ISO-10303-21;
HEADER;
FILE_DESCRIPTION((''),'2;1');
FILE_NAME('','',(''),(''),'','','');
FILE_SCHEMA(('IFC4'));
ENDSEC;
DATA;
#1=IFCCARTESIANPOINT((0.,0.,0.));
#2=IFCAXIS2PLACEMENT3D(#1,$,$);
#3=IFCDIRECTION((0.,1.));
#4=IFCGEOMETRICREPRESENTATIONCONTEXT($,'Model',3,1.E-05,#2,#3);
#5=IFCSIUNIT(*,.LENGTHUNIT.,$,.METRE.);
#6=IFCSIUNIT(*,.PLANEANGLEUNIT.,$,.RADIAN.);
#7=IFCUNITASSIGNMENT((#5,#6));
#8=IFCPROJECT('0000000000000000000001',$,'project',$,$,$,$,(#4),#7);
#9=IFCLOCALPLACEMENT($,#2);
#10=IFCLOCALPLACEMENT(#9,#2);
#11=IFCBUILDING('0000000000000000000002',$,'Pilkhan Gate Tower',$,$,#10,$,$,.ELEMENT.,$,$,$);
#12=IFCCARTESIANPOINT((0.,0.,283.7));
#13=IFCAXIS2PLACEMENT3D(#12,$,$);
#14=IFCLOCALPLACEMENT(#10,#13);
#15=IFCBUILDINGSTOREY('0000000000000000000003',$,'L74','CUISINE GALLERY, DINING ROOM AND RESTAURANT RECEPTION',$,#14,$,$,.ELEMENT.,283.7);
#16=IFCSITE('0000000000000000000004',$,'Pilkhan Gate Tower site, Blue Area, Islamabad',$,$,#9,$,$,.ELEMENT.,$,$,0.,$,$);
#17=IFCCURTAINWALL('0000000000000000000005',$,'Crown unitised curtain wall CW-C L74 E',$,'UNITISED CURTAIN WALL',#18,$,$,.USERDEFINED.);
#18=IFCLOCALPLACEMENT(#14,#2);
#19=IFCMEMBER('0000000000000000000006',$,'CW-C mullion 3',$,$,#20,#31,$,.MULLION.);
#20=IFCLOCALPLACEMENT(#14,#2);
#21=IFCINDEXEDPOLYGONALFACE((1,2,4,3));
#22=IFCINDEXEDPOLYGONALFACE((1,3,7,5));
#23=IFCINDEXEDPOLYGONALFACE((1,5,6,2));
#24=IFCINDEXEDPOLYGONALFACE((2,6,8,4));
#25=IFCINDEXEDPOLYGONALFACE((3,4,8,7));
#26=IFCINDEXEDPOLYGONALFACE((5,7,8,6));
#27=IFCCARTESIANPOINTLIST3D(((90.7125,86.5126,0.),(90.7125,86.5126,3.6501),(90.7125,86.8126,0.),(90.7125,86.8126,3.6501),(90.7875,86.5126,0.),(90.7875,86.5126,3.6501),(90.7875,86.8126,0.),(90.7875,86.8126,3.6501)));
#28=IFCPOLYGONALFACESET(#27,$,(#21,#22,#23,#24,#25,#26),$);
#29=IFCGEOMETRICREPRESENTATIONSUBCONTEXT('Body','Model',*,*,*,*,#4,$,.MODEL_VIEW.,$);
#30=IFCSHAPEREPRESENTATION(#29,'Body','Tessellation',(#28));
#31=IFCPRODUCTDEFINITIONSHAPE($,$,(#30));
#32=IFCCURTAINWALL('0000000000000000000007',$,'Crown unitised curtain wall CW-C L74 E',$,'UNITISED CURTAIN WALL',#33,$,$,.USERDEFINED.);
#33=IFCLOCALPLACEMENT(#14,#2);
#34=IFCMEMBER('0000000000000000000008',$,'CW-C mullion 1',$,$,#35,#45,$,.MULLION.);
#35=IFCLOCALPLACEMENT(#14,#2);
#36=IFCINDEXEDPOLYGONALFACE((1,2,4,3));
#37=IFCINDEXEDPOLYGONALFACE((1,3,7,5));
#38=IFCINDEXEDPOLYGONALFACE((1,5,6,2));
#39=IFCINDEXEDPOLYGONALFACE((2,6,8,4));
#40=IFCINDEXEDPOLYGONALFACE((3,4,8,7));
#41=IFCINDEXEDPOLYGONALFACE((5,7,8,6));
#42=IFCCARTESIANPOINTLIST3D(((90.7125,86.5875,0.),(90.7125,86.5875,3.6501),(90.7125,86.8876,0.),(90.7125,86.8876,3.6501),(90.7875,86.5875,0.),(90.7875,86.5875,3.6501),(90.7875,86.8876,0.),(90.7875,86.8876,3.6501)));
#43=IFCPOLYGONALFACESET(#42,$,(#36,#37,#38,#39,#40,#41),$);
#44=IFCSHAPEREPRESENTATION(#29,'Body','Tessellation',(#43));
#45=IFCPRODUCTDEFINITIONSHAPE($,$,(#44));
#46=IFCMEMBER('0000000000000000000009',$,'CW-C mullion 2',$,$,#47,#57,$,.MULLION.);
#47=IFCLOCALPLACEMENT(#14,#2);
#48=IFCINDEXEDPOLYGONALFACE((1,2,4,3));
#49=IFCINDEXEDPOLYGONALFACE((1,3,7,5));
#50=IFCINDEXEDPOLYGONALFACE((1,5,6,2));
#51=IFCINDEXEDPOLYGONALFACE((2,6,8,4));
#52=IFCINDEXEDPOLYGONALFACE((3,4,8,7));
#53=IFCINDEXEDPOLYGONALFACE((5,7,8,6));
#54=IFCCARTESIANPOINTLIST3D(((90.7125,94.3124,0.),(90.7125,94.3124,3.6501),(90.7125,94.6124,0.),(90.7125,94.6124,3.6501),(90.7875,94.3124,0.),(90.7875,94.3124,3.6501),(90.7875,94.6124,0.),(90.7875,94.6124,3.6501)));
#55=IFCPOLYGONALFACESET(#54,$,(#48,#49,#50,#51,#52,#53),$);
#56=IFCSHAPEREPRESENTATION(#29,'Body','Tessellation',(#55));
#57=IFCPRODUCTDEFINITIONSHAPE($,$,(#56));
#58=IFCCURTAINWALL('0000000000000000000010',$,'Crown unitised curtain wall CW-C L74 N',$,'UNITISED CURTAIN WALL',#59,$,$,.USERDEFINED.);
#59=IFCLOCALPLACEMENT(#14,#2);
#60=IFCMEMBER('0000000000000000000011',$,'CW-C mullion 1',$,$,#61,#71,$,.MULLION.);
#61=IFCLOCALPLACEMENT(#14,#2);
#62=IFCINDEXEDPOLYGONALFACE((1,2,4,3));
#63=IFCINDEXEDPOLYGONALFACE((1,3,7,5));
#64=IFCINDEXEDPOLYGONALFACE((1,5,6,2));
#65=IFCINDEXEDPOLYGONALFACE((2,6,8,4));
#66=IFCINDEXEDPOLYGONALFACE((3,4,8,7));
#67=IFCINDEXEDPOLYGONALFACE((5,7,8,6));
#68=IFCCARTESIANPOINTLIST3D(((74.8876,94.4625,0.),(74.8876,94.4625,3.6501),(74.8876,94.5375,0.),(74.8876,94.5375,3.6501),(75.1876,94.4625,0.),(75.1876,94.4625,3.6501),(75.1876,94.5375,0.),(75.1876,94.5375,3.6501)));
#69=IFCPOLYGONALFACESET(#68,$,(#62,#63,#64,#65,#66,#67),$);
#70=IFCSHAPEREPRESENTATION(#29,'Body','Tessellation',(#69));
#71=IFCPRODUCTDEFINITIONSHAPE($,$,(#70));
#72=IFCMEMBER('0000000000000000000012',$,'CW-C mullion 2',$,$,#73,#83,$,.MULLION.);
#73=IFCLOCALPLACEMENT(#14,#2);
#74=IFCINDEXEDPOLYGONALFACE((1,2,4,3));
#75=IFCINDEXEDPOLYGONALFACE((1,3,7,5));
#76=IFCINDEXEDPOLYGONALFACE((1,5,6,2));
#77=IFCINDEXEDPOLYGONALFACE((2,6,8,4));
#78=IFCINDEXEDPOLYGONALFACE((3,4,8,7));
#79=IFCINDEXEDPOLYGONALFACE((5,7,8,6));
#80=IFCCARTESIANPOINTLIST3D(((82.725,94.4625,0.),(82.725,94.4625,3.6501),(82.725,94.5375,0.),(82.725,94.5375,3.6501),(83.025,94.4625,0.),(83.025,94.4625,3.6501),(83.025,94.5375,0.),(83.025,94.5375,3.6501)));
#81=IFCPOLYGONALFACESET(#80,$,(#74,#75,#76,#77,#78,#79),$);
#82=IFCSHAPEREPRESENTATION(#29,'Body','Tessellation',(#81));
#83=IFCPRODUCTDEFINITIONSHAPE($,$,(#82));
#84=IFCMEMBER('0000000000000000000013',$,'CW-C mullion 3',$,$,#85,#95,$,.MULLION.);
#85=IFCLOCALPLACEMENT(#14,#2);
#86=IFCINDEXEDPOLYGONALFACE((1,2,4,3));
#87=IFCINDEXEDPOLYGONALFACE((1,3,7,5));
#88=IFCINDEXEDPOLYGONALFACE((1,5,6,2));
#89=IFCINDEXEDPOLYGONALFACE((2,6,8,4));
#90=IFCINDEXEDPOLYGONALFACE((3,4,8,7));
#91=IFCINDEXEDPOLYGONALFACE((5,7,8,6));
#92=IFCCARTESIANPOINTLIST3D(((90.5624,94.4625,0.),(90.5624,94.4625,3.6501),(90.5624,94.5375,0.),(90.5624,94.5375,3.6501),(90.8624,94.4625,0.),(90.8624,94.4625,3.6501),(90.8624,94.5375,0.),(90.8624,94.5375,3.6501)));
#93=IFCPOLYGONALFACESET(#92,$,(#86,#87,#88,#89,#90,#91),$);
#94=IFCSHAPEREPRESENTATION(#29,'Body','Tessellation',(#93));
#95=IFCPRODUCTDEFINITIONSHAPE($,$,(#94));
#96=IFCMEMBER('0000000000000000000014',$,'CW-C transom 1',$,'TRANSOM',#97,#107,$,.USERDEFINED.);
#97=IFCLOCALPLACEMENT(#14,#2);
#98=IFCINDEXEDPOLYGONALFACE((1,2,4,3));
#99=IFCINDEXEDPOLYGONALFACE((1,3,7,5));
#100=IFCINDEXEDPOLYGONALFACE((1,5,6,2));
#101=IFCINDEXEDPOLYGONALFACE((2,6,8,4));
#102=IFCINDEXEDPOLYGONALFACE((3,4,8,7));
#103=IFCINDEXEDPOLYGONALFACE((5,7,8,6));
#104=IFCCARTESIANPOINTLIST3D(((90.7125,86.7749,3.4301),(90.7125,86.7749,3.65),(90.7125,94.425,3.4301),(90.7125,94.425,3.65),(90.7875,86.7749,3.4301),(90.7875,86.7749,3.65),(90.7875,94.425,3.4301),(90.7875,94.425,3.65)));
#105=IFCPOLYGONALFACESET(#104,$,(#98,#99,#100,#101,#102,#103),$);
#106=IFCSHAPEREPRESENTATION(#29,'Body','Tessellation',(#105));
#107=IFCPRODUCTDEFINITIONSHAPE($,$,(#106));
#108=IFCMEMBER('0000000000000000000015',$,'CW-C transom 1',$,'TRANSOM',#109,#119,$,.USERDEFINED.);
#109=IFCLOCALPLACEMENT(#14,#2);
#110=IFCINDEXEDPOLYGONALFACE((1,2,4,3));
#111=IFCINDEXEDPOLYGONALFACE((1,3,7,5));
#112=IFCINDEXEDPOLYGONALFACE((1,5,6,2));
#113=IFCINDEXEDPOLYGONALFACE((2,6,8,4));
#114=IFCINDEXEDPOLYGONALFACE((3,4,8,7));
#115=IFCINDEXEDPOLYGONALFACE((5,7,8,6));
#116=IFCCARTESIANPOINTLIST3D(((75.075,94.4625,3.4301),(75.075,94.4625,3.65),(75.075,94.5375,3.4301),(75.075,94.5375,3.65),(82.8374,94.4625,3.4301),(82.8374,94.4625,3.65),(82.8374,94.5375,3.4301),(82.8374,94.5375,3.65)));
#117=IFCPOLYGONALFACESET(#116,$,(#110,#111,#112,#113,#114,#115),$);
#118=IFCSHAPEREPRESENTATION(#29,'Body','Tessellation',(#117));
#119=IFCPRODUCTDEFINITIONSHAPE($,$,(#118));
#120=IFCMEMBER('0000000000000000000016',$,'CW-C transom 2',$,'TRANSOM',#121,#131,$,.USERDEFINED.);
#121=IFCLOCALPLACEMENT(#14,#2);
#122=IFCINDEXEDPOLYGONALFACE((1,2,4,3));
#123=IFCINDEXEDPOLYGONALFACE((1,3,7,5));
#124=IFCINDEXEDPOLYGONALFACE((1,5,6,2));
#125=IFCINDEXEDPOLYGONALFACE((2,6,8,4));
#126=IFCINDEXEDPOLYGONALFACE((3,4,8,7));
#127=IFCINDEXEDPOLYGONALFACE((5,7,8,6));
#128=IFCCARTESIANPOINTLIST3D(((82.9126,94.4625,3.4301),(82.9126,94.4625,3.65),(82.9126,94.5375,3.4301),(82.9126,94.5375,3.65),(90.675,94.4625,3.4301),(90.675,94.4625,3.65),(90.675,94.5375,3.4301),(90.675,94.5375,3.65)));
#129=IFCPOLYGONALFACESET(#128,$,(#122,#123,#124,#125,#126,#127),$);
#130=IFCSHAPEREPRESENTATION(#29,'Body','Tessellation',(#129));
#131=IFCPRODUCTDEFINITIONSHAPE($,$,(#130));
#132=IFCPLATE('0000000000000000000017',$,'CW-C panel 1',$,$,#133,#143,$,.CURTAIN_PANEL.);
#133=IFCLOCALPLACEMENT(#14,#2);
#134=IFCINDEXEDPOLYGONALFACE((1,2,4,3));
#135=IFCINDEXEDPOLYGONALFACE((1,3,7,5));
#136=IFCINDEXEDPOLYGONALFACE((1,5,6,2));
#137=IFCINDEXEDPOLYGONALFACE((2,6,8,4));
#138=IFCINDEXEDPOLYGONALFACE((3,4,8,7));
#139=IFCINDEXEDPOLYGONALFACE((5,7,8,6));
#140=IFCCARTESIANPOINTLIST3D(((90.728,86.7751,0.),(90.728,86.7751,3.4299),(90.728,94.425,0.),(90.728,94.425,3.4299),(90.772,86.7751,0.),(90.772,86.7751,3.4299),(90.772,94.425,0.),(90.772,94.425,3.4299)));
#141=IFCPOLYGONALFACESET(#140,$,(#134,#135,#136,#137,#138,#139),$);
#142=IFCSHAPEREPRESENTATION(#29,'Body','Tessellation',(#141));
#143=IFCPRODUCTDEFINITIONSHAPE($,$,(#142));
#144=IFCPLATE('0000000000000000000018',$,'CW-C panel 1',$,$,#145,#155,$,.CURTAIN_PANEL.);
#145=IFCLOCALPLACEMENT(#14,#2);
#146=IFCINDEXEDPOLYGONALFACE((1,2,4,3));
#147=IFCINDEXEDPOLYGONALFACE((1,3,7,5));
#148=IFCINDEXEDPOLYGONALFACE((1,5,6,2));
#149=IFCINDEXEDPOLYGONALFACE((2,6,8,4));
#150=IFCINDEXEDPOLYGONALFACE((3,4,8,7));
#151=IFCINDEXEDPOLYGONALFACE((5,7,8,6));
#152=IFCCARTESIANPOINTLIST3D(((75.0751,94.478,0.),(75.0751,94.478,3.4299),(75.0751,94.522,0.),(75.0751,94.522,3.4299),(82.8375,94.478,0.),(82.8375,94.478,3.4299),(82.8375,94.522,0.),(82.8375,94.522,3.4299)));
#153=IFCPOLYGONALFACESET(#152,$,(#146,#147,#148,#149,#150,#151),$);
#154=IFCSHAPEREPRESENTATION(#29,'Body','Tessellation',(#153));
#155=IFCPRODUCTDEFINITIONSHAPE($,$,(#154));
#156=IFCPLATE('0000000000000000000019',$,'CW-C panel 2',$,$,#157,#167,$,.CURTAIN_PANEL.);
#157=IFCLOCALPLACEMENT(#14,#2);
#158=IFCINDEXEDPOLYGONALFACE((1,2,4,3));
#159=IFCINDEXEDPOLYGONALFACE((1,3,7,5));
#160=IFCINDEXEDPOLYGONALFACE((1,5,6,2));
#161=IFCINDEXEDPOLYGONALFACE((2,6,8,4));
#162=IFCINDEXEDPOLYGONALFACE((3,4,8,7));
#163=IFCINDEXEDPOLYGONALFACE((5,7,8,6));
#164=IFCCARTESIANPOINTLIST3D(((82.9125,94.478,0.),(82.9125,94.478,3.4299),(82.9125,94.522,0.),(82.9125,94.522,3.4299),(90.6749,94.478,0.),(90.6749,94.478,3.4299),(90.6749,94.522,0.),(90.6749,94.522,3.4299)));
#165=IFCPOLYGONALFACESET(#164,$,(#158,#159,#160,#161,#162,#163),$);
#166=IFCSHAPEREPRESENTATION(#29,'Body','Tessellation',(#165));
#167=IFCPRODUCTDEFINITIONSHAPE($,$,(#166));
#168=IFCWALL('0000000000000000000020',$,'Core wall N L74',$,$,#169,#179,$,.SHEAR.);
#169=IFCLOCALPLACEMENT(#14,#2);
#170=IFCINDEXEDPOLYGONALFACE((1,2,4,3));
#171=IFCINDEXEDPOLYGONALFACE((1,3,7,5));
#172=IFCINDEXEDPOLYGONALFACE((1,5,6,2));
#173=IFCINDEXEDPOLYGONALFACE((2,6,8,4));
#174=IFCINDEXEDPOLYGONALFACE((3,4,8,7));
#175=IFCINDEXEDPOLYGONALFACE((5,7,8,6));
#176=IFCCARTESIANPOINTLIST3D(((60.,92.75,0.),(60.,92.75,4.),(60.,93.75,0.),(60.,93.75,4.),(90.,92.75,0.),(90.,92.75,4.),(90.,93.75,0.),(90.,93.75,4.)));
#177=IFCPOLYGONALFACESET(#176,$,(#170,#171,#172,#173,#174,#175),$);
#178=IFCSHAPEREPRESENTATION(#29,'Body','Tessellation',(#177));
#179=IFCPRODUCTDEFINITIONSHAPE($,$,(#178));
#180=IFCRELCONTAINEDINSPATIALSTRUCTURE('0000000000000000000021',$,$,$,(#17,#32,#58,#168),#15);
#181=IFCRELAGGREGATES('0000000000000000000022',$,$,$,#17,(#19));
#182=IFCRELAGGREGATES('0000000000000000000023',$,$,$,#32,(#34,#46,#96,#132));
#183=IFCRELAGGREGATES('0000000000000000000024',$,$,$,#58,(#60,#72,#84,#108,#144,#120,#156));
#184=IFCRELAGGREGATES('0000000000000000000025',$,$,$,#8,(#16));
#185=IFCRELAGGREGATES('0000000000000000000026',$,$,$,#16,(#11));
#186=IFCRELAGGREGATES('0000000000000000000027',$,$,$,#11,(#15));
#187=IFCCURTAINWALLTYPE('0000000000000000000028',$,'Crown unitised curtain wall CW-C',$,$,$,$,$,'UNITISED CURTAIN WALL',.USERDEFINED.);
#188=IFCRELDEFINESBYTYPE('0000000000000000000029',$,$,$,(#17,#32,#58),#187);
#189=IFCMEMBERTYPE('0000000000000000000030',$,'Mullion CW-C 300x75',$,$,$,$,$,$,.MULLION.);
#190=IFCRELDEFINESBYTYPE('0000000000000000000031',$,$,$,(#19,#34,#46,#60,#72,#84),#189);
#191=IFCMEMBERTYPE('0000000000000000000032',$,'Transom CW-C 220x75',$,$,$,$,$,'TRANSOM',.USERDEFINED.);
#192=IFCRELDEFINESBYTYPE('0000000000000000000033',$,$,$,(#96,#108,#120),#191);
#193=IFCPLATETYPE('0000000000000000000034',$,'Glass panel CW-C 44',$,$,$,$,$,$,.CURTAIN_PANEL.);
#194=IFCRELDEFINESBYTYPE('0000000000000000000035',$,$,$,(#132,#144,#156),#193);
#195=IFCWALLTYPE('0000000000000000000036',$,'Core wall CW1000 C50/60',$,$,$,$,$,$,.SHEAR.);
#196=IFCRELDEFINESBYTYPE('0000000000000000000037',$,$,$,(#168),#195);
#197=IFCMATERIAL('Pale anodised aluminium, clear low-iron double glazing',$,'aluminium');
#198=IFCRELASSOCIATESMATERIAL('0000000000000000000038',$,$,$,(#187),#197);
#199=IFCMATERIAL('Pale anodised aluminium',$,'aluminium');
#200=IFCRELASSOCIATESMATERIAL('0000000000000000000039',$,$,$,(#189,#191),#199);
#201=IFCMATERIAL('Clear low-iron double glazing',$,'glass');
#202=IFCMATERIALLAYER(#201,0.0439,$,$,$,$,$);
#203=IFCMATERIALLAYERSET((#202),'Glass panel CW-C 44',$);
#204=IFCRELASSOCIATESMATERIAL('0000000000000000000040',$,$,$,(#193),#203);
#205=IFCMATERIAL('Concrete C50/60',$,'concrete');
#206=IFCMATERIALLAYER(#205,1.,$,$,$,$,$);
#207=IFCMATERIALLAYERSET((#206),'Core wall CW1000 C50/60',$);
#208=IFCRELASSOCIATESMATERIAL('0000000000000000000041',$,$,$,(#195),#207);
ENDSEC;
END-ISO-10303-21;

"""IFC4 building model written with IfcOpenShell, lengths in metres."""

from ifc_helpers import new_model, si_unit, direction, frame, frame_2d, origin, origin_2d, place, context, subcontext, project, spatial, rectangle, extrude, material, layer, layer_set, material_profile, profile_set, type_object, element, aggregate, save


model = new_model("IFC4")

# Units and contexts
model_context = context("Model", 3, precision=1e-05, world=origin(), true_north=direction((0.0, 1.0)))
body_context = subcontext(model_context, "Body", "Model", "MODEL_VIEW")
ifc_project = project(units=[si_unit("LENGTHUNIT", "METRE"), si_unit("PLANEANGLEUNIT", "RADIAN")], contexts=[model_context])

# Site, building, storey
site_placement = place(None, origin())
site = spatial("IfcSite", under=ifc_project, at=site_placement, Name="Pilkhan Gate Tower site, Blue Area, Islamabad", CompositionType="ELEMENT", RefElevation=0.0)
building_placement = place(site_placement, origin())
building = spatial("IfcBuilding", under=site, at=building_placement, Name="Pilkhan Gate Tower", CompositionType="ELEMENT")
storey_placement = place(building_placement, frame((0.0, 0.0, 283.7)))
storey = spatial("IfcBuildingStorey", under=building, at=storey_placement, Name="L74", Description="CUISINE GALLERY, DINING ROOM AND RESTAURANT RECEPTION", CompositionType="ELEMENT", Elevation=283.7)

# Curtain wall, member
ifc_material_1 = material(Name="Pale anodised aluminium, clear low-iron double glazing", Category="aluminium")
curtain_wall_type = type_object("IfcCurtainWallType", Name="Crown unitised curtain wall CW-C", ElementType="UNITISED CURTAIN WALL", PredefinedType="USERDEFINED", material=ifc_material_1)
curtain_wall_1_placement = place(storey_placement, origin())
curtain_wall_1 = element("IfcCurtainWall", 1, at=curtain_wall_1_placement, inside=storey, type_object=curtain_wall_type, Name="Crown unitised curtain wall CW-C L74 E", ObjectType="UNITISED CURTAIN WALL", PredefinedType="USERDEFINED")
ifc_material_2 = material(Name="Pale anodised aluminium", Category="aluminium")
ifc_material_profile_1 = material_profile(ifc_material_2, rectangle(XDim=0.075, YDim=0.3, at=origin_2d()), Name="Mullion 300x75")
ifc_profile_set_1 = profile_set([ifc_material_profile_1], Name="Pale anodised aluminium")
member_type_1 = type_object("IfcMemberType", Name="Mullion CW-C 300x75", PredefinedType="MULLION", material=ifc_profile_set_1)
member_1_placement = place(storey_placement, frame((90.75, 86.6626, 0.0), z_axis=(0.0, 0.0, 1.0), x_axis=(-1.0, 0.0, 0.0)))
member_1 = element("IfcMember", 2, at=member_1_placement, type_object=member_type_1, Name="CW-C mullion 3", PredefinedType="MULLION", context=body_context, shape_type="SweptSolid", body=[
    extrude(rectangle(XDim=0.075, YDim=0.3, at=origin_2d()), origin(), (0.0, 0.0, 1.0), 3.6501),
])
aggregate(curtain_wall_1, [member_1])

# Curtain walls, members
curtain_wall_2_placement = place(storey_placement, origin())
curtain_wall_2 = element("IfcCurtainWall", 3, at=curtain_wall_2_placement, inside=storey, type_object=curtain_wall_type, Name="Crown unitised curtain wall CW-C L74 E", ObjectType="UNITISED CURTAIN WALL", PredefinedType="USERDEFINED")
member_2_placement = place(storey_placement, frame((90.75, 86.7375, 0.0), z_axis=(0.0, 0.0, 1.0), x_axis=(-1.0, 0.0, 0.0)))
member_2 = element("IfcMember", 4, at=member_2_placement, type_object=member_type_1, Name="CW-C mullion 1", PredefinedType="MULLION", context=body_context, shape_type="SweptSolid", body=[
    extrude(rectangle(XDim=0.075, YDim=0.3, at=origin_2d()), origin(), (0.0, 0.0, 1.0), 3.6501),
])
member_3_placement = place(storey_placement, frame((90.75, 94.4624, 0.0), z_axis=(0.0, 0.0, 1.0), x_axis=(-1.0, 0.0, 0.0)))
member_3 = element("IfcMember", 5, at=member_3_placement, type_object=member_type_1, Name="CW-C mullion 2", PredefinedType="MULLION", context=body_context, shape_type="SweptSolid", body=[
    extrude(rectangle(XDim=0.075, YDim=0.3, at=origin_2d()), origin(), (0.0, 0.0, 1.0), 3.6501),
])
curtain_wall_3_placement = place(storey_placement, origin())
curtain_wall_3 = element("IfcCurtainWall", 6, at=curtain_wall_3_placement, inside=storey, type_object=curtain_wall_type, Name="Crown unitised curtain wall CW-C L74 N", ObjectType="UNITISED CURTAIN WALL", PredefinedType="USERDEFINED")
member_4_placement = place(storey_placement, frame((75.0376, 94.5, 0.0), z_axis=(0.0, 0.0, 1.0), x_axis=(0.0, 1.0, 0.0)))
member_4 = element("IfcMember", 7, at=member_4_placement, type_object=member_type_1, Name="CW-C mullion 1", PredefinedType="MULLION", context=body_context, shape_type="SweptSolid", body=[
    extrude(rectangle(XDim=0.075, YDim=0.3, at=origin_2d()), origin(), (0.0, 0.0, 1.0), 3.6501),
])
member_5_placement = place(storey_placement, frame((82.875, 94.5, 0.0), z_axis=(0.0, 0.0, 1.0), x_axis=(0.0, 1.0, 0.0)))
member_5 = element("IfcMember", 8, at=member_5_placement, type_object=member_type_1, Name="CW-C mullion 2", PredefinedType="MULLION", context=body_context, shape_type="SweptSolid", body=[
    extrude(rectangle(XDim=0.075, YDim=0.3, at=origin_2d()), origin(), (0.0, 0.0, 1.0), 3.6501),
])
member_6_placement = place(storey_placement, frame((90.7124, 94.5, 0.0), z_axis=(0.0, 0.0, 1.0), x_axis=(0.0, 1.0, 0.0)))
member_6 = element("IfcMember", 9, at=member_6_placement, type_object=member_type_1, Name="CW-C mullion 3", PredefinedType="MULLION", context=body_context, shape_type="SweptSolid", body=[
    extrude(rectangle(XDim=0.075, YDim=0.3, at=origin_2d()), origin(), (0.0, 0.0, 1.0), 3.6501),
])

# Members
ifc_material_profile_2 = material_profile(ifc_material_2, rectangle(XDim=0.075, YDim=0.22, at=origin_2d()), Name="Transom 220x75")
ifc_profile_set_2 = profile_set([ifc_material_profile_2], Name="Pale anodised aluminium")
member_type_2 = type_object("IfcMemberType", Name="Transom CW-C 220x75", ElementType="TRANSOM", PredefinedType="USERDEFINED", material=ifc_profile_set_2)
member_7_placement = place(storey_placement, frame((90.75, 86.7749, 3.54), z_axis=(0.0, 1.0, 0.0), x_axis=(-1.0, 0.0, 0.0)))
member_7 = element("IfcMember", 10, at=member_7_placement, type_object=member_type_2, Name="CW-C transom 1", ObjectType="TRANSOM", PredefinedType="USERDEFINED", context=body_context, shape_type="SweptSolid", body=[
    extrude(rectangle(XDim=0.075, YDim=0.22, at=origin_2d()), origin(), (0.0, 0.0, 1.0), 7.6501),
])
member_8_placement = place(storey_placement, frame((75.075, 94.5, 3.54), z_axis=(1.0, 0.0, 0.0), x_axis=(0.0, 1.0, 0.0)))
member_8 = element("IfcMember", 11, at=member_8_placement, type_object=member_type_2, Name="CW-C transom 1", ObjectType="TRANSOM", PredefinedType="USERDEFINED", context=body_context, shape_type="SweptSolid", body=[
    extrude(rectangle(XDim=0.075, YDim=0.22, at=origin_2d()), origin(), (0.0, 0.0, 1.0), 7.7625),
])
member_9_placement = place(storey_placement, frame((82.9126, 94.5, 3.54), z_axis=(1.0, 0.0, 0.0), x_axis=(0.0, 1.0, 0.0)))
member_9 = element("IfcMember", 12, at=member_9_placement, type_object=member_type_2, Name="CW-C transom 2", ObjectType="TRANSOM", PredefinedType="USERDEFINED", context=body_context, shape_type="SweptSolid", body=[
    extrude(rectangle(XDim=0.075, YDim=0.22, at=origin_2d()), origin(), (0.0, 0.0, 1.0), 7.7625),
])

# Plates
ifc_material_3 = material(Name="Clear low-iron double glazing", Category="glass")
ifc_layer_1 = layer(ifc_material_3, 0.0439)
ifc_layer_set_1 = layer_set([ifc_layer_1], Name="Glass panel CW-C 44")
plate_type = type_object("IfcPlateType", Name="Glass panel CW-C 44", PredefinedType="CURTAIN_PANEL", material=ifc_layer_set_1)
plate_1_placement = place(storey_placement, frame((90.75, 90.6001, 0.0), z_axis=(0.0, 0.0, 1.0), x_axis=(0.0, 1.0, 0.0)))
plate_1 = element("IfcPlate", 13, at=plate_1_placement, type_object=plate_type, Name="CW-C panel 1", PredefinedType="CURTAIN_PANEL", context=body_context, shape_type="SweptSolid", body=[
    extrude(rectangle(XDim=7.6499, YDim=0.0439, at=origin_2d()), origin(), (0.0, 0.0, 1.0), 3.4299),
])
aggregate(curtain_wall_2, [member_2, member_3, member_7, plate_1])
plate_2_placement = place(storey_placement, frame((78.9563, 94.5, 0.0), z_axis=(0.0, 0.0, 1.0), x_axis=(1.0, 0.0, 0.0)))
plate_2 = element("IfcPlate", 14, at=plate_2_placement, type_object=plate_type, Name="CW-C panel 1", PredefinedType="CURTAIN_PANEL", context=body_context, shape_type="SweptSolid", body=[
    extrude(rectangle(XDim=7.7625, YDim=0.0439, at=origin_2d()), origin(), (0.0, 0.0, 1.0), 3.4299),
])
plate_3_placement = place(storey_placement, frame((86.7937, 94.5, 0.0), z_axis=(0.0, 0.0, 1.0), x_axis=(1.0, 0.0, 0.0)))
plate_3 = element("IfcPlate", 15, at=plate_3_placement, type_object=plate_type, Name="CW-C panel 2", PredefinedType="CURTAIN_PANEL", context=body_context, shape_type="SweptSolid", body=[
    extrude(rectangle(XDim=7.7625, YDim=0.0439, at=origin_2d()), origin(), (0.0, 0.0, 1.0), 3.4299),
])
aggregate(curtain_wall_3, [member_4, member_5, member_6, member_8, plate_2, member_9, plate_3])

# Wall
ifc_material_4 = material(Name="Concrete C50/60", Category="concrete")
ifc_layer_2 = layer(ifc_material_4, 1.0)
ifc_layer_set_2 = layer_set([ifc_layer_2], Name="Core wall CW1000 C50/60")
wall_type_1 = type_object("IfcWallType", Name="Core wall CW1000 C50/60", PredefinedType="SHEAR", material=ifc_layer_set_2)
wall_1_placement = place(storey_placement, frame((90.0, 93.25, 0.0), z_axis=(0.0, 0.0, 1.0), x_axis=(-1.0, 0.0, 0.0)))
element("IfcWall", 16, at=wall_1_placement, inside=storey, type_object=wall_type_1, Name="Core wall N L74", PredefinedType="SHEAR", context=body_context, shape_type="SweptSolid", body=[
    extrude(rectangle(XDim=30.0, YDim=1.0, at=frame_2d((15.0, 0.0))), origin(), (0.0, 0.0, 1.0), 4.0),
])

save(model, "model.ifc")
